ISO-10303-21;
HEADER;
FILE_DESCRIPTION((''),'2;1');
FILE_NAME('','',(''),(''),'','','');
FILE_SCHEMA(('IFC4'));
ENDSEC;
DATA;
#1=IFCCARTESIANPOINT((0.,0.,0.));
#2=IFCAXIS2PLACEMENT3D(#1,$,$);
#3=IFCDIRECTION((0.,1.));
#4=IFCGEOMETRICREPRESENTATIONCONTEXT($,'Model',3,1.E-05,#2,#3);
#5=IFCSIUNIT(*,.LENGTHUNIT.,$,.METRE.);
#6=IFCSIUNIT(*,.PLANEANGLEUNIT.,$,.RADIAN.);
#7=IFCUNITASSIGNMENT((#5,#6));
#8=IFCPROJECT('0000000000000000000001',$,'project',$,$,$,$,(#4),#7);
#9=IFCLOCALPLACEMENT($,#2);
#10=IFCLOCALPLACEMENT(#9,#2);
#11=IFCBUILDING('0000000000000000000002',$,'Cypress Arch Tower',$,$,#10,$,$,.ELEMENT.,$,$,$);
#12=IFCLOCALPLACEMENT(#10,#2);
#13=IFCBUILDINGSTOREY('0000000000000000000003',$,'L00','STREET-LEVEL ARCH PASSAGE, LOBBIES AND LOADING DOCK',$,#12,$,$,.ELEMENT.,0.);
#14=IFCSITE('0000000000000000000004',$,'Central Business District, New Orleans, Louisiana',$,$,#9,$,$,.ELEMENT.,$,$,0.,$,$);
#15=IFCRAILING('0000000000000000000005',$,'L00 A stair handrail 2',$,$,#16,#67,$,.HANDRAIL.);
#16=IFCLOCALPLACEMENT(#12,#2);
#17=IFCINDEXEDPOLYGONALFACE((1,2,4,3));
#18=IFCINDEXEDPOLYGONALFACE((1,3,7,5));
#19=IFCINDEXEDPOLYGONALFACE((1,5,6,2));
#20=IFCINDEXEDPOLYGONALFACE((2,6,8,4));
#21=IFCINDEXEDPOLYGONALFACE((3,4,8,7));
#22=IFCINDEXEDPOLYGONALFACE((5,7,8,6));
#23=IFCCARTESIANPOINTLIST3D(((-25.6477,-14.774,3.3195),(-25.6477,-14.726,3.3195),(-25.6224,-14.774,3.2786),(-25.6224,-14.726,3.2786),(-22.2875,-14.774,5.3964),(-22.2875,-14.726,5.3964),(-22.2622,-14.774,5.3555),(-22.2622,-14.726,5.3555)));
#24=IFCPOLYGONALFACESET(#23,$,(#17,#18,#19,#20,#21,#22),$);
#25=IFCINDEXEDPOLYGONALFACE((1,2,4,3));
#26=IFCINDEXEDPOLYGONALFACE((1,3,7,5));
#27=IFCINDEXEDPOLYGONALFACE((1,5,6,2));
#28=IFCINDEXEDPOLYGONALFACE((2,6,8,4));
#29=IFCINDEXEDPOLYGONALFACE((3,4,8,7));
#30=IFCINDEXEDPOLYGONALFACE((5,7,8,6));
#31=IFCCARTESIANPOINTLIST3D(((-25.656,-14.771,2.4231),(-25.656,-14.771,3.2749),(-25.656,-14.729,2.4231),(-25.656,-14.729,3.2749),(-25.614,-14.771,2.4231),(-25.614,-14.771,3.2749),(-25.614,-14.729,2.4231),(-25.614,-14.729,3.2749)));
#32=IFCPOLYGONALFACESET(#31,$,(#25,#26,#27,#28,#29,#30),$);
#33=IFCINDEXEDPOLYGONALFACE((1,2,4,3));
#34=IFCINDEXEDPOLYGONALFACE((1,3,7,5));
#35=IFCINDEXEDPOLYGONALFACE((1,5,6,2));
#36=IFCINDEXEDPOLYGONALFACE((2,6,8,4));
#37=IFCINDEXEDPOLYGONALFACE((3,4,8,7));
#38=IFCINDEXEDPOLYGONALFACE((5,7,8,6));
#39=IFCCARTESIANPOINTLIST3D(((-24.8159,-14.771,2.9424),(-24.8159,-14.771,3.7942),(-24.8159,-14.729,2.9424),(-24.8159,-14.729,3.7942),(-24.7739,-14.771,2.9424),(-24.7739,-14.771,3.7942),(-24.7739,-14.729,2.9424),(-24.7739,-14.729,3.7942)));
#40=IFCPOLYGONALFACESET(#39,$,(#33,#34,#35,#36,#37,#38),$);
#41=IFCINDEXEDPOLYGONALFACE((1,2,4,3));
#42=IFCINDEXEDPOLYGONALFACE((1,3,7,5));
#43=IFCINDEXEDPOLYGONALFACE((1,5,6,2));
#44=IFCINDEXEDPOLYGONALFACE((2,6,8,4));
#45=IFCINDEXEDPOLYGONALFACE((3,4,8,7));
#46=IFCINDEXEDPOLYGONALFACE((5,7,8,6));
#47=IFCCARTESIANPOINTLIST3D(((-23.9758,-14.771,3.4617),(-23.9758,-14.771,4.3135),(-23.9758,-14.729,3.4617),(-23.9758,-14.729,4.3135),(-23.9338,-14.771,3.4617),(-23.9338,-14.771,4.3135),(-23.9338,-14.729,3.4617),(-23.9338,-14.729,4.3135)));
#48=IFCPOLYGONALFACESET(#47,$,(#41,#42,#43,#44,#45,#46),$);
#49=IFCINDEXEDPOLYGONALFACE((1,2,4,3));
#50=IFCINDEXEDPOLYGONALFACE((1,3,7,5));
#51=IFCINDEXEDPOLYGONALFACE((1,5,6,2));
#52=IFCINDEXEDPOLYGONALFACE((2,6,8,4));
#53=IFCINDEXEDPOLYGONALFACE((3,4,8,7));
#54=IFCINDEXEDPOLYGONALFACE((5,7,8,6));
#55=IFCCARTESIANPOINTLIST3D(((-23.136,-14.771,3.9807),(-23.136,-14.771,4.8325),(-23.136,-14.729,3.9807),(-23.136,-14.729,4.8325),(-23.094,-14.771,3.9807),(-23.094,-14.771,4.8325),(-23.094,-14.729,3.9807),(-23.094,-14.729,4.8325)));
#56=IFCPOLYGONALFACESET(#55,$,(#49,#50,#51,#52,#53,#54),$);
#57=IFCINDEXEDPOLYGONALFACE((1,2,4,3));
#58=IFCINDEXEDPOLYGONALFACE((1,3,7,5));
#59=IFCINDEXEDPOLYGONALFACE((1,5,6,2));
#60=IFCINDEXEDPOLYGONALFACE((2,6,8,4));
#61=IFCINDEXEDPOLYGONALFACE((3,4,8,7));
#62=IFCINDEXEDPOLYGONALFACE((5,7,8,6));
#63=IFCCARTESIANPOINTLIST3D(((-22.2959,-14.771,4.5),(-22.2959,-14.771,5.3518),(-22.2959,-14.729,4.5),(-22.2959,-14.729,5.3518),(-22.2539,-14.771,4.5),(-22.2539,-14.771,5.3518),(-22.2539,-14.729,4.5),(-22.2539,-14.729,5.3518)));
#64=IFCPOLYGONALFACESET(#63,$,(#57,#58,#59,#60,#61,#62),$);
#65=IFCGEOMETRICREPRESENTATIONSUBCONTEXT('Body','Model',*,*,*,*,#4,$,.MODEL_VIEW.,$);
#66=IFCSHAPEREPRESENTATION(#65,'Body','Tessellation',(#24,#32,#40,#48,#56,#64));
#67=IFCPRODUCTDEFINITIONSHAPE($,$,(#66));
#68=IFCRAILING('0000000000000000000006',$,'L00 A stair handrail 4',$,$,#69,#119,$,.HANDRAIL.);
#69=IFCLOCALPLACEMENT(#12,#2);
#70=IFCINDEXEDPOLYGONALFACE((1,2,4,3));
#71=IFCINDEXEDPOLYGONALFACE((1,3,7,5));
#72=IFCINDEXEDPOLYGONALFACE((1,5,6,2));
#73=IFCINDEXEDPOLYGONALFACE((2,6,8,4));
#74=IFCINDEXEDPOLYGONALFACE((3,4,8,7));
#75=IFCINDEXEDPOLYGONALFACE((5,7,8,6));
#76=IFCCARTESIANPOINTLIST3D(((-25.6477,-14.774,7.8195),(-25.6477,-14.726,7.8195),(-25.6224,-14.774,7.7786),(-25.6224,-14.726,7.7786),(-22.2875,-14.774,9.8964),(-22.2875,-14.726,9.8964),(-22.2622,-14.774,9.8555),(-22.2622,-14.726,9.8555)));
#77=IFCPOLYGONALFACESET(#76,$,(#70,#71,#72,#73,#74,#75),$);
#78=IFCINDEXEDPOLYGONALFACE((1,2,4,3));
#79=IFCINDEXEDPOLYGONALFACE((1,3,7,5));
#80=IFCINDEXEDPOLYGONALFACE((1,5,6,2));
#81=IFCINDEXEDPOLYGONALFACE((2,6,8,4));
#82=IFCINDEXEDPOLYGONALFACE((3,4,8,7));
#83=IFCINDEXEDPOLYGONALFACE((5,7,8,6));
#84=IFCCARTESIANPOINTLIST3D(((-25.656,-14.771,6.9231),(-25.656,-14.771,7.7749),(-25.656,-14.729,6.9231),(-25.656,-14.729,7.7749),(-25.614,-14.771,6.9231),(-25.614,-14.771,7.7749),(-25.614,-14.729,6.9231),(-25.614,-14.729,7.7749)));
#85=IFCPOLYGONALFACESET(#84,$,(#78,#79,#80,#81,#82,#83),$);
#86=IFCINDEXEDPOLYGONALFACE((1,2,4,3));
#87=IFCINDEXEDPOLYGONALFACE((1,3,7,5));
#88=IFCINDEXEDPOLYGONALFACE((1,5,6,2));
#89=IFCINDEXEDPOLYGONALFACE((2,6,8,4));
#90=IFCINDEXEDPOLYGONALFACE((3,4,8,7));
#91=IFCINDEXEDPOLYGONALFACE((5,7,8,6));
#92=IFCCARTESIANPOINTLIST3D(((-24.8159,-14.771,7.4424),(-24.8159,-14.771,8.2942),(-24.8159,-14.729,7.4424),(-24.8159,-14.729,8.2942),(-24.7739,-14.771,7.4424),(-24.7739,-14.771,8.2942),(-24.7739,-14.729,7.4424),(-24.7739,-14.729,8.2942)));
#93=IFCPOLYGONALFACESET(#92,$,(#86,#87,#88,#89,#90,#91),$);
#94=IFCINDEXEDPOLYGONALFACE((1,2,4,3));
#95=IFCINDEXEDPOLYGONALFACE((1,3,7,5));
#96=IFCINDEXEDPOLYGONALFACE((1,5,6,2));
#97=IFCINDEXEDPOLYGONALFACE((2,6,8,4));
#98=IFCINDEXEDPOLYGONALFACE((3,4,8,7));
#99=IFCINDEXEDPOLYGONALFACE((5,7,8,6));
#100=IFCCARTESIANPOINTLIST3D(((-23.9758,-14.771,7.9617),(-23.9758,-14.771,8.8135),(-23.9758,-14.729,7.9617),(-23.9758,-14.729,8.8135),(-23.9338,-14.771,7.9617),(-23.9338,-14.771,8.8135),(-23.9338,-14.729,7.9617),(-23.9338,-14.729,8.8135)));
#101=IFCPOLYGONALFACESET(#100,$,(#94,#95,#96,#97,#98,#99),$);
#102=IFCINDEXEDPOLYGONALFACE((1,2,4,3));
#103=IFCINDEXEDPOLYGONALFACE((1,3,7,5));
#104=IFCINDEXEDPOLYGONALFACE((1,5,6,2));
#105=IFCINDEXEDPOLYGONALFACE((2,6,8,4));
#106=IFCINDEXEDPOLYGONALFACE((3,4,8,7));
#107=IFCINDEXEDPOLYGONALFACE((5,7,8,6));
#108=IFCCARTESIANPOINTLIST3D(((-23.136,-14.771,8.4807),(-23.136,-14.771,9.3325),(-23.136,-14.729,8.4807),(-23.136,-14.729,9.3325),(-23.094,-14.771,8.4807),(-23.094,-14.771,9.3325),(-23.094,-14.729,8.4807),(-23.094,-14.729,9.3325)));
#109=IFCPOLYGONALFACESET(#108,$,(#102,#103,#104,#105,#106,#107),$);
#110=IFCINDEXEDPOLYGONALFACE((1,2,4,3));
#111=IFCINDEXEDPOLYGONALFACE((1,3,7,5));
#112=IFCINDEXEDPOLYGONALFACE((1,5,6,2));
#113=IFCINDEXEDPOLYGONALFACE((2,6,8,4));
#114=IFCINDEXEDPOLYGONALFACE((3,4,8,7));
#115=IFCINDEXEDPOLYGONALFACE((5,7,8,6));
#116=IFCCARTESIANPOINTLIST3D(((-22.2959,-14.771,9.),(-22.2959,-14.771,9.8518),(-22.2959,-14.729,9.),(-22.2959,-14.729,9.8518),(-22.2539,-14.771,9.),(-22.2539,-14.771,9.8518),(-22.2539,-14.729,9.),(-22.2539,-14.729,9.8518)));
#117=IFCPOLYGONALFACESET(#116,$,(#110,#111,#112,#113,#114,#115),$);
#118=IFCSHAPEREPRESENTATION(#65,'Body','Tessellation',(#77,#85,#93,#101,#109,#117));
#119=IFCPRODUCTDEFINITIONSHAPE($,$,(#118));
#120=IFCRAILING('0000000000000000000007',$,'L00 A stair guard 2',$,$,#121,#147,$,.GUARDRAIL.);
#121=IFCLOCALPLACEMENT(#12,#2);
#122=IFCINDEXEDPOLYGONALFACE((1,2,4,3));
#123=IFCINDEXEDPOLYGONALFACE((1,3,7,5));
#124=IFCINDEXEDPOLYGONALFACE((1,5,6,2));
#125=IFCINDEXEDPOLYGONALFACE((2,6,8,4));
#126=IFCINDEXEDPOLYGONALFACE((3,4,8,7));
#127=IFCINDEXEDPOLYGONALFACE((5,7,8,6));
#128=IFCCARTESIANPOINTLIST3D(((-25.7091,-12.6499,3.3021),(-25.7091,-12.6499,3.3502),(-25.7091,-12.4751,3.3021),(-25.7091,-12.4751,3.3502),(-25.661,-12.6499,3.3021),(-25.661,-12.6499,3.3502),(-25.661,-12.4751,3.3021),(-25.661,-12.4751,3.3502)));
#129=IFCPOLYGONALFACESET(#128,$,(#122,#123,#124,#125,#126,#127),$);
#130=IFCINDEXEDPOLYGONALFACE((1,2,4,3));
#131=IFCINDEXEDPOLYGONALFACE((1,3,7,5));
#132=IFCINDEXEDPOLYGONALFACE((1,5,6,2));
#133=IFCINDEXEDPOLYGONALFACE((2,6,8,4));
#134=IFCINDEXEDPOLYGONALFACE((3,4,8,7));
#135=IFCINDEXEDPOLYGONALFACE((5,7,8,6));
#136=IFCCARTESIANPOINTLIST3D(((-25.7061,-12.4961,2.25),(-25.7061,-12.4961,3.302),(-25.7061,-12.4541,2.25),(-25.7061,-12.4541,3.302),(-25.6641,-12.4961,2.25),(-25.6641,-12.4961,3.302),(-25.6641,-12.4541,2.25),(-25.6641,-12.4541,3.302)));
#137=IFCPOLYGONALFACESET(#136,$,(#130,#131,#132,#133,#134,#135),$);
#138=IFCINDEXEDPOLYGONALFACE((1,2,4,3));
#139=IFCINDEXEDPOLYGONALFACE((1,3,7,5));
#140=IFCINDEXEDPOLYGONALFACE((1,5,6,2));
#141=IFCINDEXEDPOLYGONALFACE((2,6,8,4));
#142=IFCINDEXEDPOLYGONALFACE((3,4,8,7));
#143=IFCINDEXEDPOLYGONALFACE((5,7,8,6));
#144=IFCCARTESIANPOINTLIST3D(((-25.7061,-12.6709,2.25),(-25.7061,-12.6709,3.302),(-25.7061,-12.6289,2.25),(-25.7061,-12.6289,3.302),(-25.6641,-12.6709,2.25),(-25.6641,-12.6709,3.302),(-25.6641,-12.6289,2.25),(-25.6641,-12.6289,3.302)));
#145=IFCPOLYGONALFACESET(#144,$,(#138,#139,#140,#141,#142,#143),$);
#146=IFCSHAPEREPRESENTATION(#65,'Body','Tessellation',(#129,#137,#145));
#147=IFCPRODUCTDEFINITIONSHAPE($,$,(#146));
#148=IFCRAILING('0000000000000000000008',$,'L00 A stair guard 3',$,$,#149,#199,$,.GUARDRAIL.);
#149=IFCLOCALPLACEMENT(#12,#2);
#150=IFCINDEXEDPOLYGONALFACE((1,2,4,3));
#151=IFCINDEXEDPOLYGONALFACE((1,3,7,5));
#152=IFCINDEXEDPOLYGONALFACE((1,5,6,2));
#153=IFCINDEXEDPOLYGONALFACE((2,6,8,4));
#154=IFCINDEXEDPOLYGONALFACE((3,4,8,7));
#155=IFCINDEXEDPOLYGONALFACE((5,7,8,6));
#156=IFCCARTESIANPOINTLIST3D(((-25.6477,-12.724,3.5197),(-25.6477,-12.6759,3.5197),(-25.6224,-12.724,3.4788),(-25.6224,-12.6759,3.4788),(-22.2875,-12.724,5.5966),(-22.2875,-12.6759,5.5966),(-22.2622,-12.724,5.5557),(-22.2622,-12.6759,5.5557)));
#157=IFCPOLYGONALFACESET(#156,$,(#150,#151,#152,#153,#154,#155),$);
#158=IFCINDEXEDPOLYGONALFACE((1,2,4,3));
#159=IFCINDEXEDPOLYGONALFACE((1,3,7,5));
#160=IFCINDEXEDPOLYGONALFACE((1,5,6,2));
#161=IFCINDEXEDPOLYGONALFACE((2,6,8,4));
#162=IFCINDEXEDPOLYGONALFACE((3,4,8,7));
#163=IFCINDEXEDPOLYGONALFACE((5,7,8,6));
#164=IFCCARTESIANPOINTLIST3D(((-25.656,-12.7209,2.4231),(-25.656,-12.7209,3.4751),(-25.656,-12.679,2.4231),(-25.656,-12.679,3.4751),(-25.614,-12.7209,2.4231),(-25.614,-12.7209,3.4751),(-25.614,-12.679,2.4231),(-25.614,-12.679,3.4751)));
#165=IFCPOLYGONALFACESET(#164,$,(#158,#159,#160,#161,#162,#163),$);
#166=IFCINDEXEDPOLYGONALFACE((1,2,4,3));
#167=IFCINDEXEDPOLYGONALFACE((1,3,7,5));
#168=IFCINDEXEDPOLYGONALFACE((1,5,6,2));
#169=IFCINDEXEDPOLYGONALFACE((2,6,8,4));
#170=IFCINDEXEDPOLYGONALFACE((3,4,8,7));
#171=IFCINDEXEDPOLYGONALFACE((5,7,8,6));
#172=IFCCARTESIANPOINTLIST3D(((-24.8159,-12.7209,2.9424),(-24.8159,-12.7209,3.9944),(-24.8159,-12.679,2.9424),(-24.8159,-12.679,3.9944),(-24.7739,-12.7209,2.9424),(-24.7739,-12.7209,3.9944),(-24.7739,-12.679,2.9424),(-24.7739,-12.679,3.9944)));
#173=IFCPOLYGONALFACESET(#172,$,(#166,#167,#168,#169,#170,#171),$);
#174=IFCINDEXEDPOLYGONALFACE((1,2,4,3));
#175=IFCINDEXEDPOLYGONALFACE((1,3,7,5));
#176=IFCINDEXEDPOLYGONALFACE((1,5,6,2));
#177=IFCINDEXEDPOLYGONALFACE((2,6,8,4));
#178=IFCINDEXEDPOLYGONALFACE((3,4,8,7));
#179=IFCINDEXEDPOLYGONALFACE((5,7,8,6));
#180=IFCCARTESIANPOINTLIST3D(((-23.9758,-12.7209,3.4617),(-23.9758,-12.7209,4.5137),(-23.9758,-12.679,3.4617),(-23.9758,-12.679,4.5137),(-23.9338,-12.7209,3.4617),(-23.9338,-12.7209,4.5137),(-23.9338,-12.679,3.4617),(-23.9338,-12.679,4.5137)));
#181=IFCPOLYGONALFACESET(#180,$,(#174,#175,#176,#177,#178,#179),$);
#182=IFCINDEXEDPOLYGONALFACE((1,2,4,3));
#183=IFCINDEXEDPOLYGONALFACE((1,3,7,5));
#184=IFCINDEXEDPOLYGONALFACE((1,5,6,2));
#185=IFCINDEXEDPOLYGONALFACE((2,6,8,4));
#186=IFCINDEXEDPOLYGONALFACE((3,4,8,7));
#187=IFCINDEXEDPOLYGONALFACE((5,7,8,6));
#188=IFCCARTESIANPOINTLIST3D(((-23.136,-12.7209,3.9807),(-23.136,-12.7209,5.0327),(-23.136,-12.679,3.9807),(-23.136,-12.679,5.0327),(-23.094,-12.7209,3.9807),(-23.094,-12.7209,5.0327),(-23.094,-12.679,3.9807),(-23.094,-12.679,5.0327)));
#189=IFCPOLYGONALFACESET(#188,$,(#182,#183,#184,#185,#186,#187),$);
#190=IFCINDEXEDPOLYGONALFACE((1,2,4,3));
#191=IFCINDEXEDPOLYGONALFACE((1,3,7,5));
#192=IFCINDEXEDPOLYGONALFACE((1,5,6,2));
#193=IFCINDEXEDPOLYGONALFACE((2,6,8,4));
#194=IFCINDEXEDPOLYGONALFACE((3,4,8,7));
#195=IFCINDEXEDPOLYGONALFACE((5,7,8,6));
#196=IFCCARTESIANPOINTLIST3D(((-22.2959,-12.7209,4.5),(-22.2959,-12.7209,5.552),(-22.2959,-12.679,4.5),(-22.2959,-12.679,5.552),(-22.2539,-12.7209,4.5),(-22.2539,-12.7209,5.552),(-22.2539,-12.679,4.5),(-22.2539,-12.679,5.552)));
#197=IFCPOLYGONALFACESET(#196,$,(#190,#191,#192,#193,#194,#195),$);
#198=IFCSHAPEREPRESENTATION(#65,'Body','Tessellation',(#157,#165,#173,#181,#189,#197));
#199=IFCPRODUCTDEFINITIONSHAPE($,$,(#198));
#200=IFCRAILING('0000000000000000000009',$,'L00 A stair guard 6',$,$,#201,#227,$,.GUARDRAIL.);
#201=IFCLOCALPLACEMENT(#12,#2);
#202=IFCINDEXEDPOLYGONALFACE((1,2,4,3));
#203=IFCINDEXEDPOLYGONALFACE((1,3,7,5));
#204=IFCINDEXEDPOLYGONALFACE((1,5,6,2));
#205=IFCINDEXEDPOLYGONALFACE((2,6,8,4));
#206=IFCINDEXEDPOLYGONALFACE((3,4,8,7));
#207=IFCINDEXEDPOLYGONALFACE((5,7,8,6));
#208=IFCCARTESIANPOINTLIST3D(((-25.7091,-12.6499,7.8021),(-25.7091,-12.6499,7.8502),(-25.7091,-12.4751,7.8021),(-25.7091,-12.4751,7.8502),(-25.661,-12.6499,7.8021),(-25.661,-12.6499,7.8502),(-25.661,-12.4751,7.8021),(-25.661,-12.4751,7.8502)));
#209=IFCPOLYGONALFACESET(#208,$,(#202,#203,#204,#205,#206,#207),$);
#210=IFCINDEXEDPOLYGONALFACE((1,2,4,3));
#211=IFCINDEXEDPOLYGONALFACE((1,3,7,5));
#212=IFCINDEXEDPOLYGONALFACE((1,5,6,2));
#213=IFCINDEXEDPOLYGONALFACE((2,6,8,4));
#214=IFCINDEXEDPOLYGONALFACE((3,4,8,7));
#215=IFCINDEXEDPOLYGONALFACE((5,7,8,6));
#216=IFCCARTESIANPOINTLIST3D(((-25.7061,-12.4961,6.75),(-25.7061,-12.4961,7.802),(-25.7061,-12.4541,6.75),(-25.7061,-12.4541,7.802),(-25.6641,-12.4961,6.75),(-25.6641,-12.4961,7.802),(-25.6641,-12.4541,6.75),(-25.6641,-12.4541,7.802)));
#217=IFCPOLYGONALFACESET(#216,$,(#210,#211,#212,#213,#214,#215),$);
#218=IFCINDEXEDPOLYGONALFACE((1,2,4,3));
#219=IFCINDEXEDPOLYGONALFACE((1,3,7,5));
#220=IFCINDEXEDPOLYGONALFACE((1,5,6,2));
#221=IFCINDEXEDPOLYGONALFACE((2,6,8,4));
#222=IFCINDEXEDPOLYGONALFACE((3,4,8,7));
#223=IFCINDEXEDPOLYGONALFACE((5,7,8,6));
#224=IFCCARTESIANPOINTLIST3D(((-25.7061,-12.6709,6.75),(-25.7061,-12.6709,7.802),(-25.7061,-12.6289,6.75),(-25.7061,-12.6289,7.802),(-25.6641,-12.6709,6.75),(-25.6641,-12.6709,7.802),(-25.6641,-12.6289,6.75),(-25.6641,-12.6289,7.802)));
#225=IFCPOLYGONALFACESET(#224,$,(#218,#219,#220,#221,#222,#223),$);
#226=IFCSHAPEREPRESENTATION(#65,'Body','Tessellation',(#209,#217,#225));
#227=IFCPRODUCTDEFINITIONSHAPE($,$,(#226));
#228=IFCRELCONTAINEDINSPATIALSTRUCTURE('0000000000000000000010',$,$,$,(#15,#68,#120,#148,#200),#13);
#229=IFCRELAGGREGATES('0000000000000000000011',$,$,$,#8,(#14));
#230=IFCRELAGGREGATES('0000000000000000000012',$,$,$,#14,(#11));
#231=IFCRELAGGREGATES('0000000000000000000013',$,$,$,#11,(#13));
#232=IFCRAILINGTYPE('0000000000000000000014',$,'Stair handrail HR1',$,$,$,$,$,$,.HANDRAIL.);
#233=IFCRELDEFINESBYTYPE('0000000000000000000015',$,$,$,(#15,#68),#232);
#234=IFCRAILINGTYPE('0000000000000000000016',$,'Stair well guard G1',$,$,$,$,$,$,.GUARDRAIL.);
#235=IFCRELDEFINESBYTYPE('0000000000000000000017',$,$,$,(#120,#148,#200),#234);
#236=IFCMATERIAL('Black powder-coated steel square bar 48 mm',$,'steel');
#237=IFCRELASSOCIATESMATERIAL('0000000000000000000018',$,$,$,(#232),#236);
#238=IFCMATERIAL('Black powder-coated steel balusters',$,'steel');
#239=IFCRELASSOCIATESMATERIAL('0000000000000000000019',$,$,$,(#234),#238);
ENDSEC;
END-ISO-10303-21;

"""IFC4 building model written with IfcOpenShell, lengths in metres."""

from ifc_helpers import new_model, si_unit, direction, frame, origin, origin_2d, place, context, subcontext, project, spatial, rectangle, extrude, material, type_object, element, save


model = new_model("IFC4")

# Units and contexts
model_context = context("Model", 3, precision=1e-05, world=origin(), true_north=direction((0.0, 1.0)))
body_context = subcontext(model_context, "Body", "Model", "MODEL_VIEW")
ifc_project = project(units=[si_unit("LENGTHUNIT", "METRE"), si_unit("PLANEANGLEUNIT", "RADIAN")], contexts=[model_context])

# Site, building, storey
site_placement = place(None, origin())
site = spatial("IfcSite", under=ifc_project, at=site_placement, Name="Central Business District, New Orleans, Louisiana", CompositionType="ELEMENT", RefElevation=0.0)
building_placement = place(site_placement, origin())
building = spatial("IfcBuilding", under=site, at=building_placement, Name="Cypress Arch Tower", CompositionType="ELEMENT")
storey_placement = place(building_placement, origin())
storey = spatial("IfcBuildingStorey", under=building, at=storey_placement, Name="L00", Description="STREET-LEVEL ARCH PASSAGE, LOBBIES AND LOADING DOCK", CompositionType="ELEMENT", Elevation=0.0)

# Railings
ifc_material_1 = material(Name="Black powder-coated steel square bar 48 mm", Category="steel")
railing_type_1 = type_object("IfcRailingType", Name="Stair handrail HR1", PredefinedType="HANDRAIL", material=ifc_material_1)
for number, where, name in (
    (1, (-25.635, -14.75, 2.4231), "L00 A stair handrail 2"),
    (2, (-25.635, -14.75, 6.9231), "L00 A stair handrail 4"),
):
    element("IfcRailing", number, at=place(storey_placement, frame(where)), inside=storey, type_object=railing_type_1, Name=name, PredefinedType="HANDRAIL", context=body_context, shape_type="SweptSolid", body=[
        extrude(rectangle(XDim=0.0481, YDim=0.0481, at=origin_2d()), frame((0.0, 0.0, 0.876), z_axis=(0.850623, 0.0, 0.525776), x_axis=(0.0, 1.0, 0.0)), (0.0, 0.0, 1.0), 3.9502),
        extrude(rectangle(XDim=0.042, YDim=0.042, at=origin_2d()), origin(), (0.0, 0.0, 1.0), 0.8518),
        extrude(rectangle(XDim=0.042, YDim=0.042, at=origin_2d()), frame((0.8401, 0.0, 0.5193)), (0.0, 0.0, 1.0), 0.8518),
        extrude(rectangle(XDim=0.042, YDim=0.042, at=origin_2d()), frame((1.6802, 0.0, 1.0386)), (0.0, 0.0, 1.0), 0.8518),
        extrude(rectangle(XDim=0.042, YDim=0.042, at=origin_2d()), frame((2.52, 0.0, 1.5576)), (0.0, 0.0, 1.0), 0.8518),
        extrude(rectangle(XDim=0.042, YDim=0.042, at=origin_2d()), frame((3.3601, 0.0, 2.0769)), (0.0, 0.0, 1.0), 0.8518),
    ])
ifc_material_2 = material(Name="Black powder-coated steel balusters", Category="steel")
railing_type_2 = type_object("IfcRailingType", Name="Stair well guard G1", PredefinedType="GUARDRAIL", material=ifc_material_2)
railing_1_placement = place(storey_placement, frame((-25.6851, -12.4751, 2.25)))
element("IfcRailing", 3, at=railing_1_placement, inside=storey, type_object=railing_type_2, Name="L00 A stair guard 2", PredefinedType="GUARDRAIL", context=body_context, shape_type="SweptSolid", body=[
    extrude(rectangle(XDim=0.0481, YDim=0.0481, at=origin_2d()), frame((0.0, 0.0, 1.0762), z_axis=(0.0, -1.0, 0.0), x_axis=(1.0, 0.0, 0.0)), (0.0, 0.0, 1.0), 0.1748),
    extrude(rectangle(XDim=0.042, YDim=0.042, at=origin_2d()), origin(), (0.0, 0.0, 1.0), 1.052),
    extrude(rectangle(XDim=0.042, YDim=0.042, at=origin_2d()), frame((0.0, -0.1748, 0.0)), (0.0, 0.0, 1.0), 1.052),
])
railing_2_placement = place(storey_placement, frame((-25.635, -12.7, 2.4231)))
element("IfcRailing", 4, at=railing_2_placement, inside=storey, type_object=railing_type_2, Name="L00 A stair guard 3", PredefinedType="GUARDRAIL", context=body_context, shape_type="SweptSolid", body=[
    extrude(rectangle(XDim=0.0481, YDim=0.0481, at=origin_2d()), frame((0.0, 0.0, 1.0762), z_axis=(0.850623, 0.0, 0.525776), x_axis=(0.0, 1.0, 0.0)), (0.0, 0.0, 1.0), 3.9502),
    extrude(rectangle(XDim=0.042, YDim=0.042, at=origin_2d()), origin(), (0.0, 0.0, 1.0), 1.052),
    extrude(rectangle(XDim=0.042, YDim=0.042, at=origin_2d()), frame((0.8401, 0.0, 0.5193)), (0.0, 0.0, 1.0), 1.052),
    extrude(rectangle(XDim=0.042, YDim=0.042, at=origin_2d()), frame((1.6802, 0.0, 1.0386)), (0.0, 0.0, 1.0), 1.052),
    extrude(rectangle(XDim=0.042, YDim=0.042, at=origin_2d()), frame((2.52, 0.0, 1.5576)), (0.0, 0.0, 1.0), 1.052),
    extrude(rectangle(XDim=0.042, YDim=0.042, at=origin_2d()), frame((3.3601, 0.0, 2.0769)), (0.0, 0.0, 1.0), 1.052),
])
railing_3_placement = place(storey_placement, frame((-25.6851, -12.4751, 6.75)))
element("IfcRailing", 5, at=railing_3_placement, inside=storey, type_object=railing_type_2, Name="L00 A stair guard 6", PredefinedType="GUARDRAIL", context=body_context, shape_type="SweptSolid", body=[
    extrude(rectangle(XDim=0.0481, YDim=0.0481, at=origin_2d()), frame((0.0, 0.0, 1.0762), z_axis=(0.0, -1.0, 0.0), x_axis=(1.0, 0.0, 0.0)), (0.0, 0.0, 1.0), 0.1748),
    extrude(rectangle(XDim=0.042, YDim=0.042, at=origin_2d()), origin(), (0.0, 0.0, 1.0), 1.052),
    extrude(rectangle(XDim=0.042, YDim=0.042, at=origin_2d()), frame((0.0, -0.1748, 0.0)), (0.0, 0.0, 1.0), 1.052),
])

save(model, "model.ifc")
